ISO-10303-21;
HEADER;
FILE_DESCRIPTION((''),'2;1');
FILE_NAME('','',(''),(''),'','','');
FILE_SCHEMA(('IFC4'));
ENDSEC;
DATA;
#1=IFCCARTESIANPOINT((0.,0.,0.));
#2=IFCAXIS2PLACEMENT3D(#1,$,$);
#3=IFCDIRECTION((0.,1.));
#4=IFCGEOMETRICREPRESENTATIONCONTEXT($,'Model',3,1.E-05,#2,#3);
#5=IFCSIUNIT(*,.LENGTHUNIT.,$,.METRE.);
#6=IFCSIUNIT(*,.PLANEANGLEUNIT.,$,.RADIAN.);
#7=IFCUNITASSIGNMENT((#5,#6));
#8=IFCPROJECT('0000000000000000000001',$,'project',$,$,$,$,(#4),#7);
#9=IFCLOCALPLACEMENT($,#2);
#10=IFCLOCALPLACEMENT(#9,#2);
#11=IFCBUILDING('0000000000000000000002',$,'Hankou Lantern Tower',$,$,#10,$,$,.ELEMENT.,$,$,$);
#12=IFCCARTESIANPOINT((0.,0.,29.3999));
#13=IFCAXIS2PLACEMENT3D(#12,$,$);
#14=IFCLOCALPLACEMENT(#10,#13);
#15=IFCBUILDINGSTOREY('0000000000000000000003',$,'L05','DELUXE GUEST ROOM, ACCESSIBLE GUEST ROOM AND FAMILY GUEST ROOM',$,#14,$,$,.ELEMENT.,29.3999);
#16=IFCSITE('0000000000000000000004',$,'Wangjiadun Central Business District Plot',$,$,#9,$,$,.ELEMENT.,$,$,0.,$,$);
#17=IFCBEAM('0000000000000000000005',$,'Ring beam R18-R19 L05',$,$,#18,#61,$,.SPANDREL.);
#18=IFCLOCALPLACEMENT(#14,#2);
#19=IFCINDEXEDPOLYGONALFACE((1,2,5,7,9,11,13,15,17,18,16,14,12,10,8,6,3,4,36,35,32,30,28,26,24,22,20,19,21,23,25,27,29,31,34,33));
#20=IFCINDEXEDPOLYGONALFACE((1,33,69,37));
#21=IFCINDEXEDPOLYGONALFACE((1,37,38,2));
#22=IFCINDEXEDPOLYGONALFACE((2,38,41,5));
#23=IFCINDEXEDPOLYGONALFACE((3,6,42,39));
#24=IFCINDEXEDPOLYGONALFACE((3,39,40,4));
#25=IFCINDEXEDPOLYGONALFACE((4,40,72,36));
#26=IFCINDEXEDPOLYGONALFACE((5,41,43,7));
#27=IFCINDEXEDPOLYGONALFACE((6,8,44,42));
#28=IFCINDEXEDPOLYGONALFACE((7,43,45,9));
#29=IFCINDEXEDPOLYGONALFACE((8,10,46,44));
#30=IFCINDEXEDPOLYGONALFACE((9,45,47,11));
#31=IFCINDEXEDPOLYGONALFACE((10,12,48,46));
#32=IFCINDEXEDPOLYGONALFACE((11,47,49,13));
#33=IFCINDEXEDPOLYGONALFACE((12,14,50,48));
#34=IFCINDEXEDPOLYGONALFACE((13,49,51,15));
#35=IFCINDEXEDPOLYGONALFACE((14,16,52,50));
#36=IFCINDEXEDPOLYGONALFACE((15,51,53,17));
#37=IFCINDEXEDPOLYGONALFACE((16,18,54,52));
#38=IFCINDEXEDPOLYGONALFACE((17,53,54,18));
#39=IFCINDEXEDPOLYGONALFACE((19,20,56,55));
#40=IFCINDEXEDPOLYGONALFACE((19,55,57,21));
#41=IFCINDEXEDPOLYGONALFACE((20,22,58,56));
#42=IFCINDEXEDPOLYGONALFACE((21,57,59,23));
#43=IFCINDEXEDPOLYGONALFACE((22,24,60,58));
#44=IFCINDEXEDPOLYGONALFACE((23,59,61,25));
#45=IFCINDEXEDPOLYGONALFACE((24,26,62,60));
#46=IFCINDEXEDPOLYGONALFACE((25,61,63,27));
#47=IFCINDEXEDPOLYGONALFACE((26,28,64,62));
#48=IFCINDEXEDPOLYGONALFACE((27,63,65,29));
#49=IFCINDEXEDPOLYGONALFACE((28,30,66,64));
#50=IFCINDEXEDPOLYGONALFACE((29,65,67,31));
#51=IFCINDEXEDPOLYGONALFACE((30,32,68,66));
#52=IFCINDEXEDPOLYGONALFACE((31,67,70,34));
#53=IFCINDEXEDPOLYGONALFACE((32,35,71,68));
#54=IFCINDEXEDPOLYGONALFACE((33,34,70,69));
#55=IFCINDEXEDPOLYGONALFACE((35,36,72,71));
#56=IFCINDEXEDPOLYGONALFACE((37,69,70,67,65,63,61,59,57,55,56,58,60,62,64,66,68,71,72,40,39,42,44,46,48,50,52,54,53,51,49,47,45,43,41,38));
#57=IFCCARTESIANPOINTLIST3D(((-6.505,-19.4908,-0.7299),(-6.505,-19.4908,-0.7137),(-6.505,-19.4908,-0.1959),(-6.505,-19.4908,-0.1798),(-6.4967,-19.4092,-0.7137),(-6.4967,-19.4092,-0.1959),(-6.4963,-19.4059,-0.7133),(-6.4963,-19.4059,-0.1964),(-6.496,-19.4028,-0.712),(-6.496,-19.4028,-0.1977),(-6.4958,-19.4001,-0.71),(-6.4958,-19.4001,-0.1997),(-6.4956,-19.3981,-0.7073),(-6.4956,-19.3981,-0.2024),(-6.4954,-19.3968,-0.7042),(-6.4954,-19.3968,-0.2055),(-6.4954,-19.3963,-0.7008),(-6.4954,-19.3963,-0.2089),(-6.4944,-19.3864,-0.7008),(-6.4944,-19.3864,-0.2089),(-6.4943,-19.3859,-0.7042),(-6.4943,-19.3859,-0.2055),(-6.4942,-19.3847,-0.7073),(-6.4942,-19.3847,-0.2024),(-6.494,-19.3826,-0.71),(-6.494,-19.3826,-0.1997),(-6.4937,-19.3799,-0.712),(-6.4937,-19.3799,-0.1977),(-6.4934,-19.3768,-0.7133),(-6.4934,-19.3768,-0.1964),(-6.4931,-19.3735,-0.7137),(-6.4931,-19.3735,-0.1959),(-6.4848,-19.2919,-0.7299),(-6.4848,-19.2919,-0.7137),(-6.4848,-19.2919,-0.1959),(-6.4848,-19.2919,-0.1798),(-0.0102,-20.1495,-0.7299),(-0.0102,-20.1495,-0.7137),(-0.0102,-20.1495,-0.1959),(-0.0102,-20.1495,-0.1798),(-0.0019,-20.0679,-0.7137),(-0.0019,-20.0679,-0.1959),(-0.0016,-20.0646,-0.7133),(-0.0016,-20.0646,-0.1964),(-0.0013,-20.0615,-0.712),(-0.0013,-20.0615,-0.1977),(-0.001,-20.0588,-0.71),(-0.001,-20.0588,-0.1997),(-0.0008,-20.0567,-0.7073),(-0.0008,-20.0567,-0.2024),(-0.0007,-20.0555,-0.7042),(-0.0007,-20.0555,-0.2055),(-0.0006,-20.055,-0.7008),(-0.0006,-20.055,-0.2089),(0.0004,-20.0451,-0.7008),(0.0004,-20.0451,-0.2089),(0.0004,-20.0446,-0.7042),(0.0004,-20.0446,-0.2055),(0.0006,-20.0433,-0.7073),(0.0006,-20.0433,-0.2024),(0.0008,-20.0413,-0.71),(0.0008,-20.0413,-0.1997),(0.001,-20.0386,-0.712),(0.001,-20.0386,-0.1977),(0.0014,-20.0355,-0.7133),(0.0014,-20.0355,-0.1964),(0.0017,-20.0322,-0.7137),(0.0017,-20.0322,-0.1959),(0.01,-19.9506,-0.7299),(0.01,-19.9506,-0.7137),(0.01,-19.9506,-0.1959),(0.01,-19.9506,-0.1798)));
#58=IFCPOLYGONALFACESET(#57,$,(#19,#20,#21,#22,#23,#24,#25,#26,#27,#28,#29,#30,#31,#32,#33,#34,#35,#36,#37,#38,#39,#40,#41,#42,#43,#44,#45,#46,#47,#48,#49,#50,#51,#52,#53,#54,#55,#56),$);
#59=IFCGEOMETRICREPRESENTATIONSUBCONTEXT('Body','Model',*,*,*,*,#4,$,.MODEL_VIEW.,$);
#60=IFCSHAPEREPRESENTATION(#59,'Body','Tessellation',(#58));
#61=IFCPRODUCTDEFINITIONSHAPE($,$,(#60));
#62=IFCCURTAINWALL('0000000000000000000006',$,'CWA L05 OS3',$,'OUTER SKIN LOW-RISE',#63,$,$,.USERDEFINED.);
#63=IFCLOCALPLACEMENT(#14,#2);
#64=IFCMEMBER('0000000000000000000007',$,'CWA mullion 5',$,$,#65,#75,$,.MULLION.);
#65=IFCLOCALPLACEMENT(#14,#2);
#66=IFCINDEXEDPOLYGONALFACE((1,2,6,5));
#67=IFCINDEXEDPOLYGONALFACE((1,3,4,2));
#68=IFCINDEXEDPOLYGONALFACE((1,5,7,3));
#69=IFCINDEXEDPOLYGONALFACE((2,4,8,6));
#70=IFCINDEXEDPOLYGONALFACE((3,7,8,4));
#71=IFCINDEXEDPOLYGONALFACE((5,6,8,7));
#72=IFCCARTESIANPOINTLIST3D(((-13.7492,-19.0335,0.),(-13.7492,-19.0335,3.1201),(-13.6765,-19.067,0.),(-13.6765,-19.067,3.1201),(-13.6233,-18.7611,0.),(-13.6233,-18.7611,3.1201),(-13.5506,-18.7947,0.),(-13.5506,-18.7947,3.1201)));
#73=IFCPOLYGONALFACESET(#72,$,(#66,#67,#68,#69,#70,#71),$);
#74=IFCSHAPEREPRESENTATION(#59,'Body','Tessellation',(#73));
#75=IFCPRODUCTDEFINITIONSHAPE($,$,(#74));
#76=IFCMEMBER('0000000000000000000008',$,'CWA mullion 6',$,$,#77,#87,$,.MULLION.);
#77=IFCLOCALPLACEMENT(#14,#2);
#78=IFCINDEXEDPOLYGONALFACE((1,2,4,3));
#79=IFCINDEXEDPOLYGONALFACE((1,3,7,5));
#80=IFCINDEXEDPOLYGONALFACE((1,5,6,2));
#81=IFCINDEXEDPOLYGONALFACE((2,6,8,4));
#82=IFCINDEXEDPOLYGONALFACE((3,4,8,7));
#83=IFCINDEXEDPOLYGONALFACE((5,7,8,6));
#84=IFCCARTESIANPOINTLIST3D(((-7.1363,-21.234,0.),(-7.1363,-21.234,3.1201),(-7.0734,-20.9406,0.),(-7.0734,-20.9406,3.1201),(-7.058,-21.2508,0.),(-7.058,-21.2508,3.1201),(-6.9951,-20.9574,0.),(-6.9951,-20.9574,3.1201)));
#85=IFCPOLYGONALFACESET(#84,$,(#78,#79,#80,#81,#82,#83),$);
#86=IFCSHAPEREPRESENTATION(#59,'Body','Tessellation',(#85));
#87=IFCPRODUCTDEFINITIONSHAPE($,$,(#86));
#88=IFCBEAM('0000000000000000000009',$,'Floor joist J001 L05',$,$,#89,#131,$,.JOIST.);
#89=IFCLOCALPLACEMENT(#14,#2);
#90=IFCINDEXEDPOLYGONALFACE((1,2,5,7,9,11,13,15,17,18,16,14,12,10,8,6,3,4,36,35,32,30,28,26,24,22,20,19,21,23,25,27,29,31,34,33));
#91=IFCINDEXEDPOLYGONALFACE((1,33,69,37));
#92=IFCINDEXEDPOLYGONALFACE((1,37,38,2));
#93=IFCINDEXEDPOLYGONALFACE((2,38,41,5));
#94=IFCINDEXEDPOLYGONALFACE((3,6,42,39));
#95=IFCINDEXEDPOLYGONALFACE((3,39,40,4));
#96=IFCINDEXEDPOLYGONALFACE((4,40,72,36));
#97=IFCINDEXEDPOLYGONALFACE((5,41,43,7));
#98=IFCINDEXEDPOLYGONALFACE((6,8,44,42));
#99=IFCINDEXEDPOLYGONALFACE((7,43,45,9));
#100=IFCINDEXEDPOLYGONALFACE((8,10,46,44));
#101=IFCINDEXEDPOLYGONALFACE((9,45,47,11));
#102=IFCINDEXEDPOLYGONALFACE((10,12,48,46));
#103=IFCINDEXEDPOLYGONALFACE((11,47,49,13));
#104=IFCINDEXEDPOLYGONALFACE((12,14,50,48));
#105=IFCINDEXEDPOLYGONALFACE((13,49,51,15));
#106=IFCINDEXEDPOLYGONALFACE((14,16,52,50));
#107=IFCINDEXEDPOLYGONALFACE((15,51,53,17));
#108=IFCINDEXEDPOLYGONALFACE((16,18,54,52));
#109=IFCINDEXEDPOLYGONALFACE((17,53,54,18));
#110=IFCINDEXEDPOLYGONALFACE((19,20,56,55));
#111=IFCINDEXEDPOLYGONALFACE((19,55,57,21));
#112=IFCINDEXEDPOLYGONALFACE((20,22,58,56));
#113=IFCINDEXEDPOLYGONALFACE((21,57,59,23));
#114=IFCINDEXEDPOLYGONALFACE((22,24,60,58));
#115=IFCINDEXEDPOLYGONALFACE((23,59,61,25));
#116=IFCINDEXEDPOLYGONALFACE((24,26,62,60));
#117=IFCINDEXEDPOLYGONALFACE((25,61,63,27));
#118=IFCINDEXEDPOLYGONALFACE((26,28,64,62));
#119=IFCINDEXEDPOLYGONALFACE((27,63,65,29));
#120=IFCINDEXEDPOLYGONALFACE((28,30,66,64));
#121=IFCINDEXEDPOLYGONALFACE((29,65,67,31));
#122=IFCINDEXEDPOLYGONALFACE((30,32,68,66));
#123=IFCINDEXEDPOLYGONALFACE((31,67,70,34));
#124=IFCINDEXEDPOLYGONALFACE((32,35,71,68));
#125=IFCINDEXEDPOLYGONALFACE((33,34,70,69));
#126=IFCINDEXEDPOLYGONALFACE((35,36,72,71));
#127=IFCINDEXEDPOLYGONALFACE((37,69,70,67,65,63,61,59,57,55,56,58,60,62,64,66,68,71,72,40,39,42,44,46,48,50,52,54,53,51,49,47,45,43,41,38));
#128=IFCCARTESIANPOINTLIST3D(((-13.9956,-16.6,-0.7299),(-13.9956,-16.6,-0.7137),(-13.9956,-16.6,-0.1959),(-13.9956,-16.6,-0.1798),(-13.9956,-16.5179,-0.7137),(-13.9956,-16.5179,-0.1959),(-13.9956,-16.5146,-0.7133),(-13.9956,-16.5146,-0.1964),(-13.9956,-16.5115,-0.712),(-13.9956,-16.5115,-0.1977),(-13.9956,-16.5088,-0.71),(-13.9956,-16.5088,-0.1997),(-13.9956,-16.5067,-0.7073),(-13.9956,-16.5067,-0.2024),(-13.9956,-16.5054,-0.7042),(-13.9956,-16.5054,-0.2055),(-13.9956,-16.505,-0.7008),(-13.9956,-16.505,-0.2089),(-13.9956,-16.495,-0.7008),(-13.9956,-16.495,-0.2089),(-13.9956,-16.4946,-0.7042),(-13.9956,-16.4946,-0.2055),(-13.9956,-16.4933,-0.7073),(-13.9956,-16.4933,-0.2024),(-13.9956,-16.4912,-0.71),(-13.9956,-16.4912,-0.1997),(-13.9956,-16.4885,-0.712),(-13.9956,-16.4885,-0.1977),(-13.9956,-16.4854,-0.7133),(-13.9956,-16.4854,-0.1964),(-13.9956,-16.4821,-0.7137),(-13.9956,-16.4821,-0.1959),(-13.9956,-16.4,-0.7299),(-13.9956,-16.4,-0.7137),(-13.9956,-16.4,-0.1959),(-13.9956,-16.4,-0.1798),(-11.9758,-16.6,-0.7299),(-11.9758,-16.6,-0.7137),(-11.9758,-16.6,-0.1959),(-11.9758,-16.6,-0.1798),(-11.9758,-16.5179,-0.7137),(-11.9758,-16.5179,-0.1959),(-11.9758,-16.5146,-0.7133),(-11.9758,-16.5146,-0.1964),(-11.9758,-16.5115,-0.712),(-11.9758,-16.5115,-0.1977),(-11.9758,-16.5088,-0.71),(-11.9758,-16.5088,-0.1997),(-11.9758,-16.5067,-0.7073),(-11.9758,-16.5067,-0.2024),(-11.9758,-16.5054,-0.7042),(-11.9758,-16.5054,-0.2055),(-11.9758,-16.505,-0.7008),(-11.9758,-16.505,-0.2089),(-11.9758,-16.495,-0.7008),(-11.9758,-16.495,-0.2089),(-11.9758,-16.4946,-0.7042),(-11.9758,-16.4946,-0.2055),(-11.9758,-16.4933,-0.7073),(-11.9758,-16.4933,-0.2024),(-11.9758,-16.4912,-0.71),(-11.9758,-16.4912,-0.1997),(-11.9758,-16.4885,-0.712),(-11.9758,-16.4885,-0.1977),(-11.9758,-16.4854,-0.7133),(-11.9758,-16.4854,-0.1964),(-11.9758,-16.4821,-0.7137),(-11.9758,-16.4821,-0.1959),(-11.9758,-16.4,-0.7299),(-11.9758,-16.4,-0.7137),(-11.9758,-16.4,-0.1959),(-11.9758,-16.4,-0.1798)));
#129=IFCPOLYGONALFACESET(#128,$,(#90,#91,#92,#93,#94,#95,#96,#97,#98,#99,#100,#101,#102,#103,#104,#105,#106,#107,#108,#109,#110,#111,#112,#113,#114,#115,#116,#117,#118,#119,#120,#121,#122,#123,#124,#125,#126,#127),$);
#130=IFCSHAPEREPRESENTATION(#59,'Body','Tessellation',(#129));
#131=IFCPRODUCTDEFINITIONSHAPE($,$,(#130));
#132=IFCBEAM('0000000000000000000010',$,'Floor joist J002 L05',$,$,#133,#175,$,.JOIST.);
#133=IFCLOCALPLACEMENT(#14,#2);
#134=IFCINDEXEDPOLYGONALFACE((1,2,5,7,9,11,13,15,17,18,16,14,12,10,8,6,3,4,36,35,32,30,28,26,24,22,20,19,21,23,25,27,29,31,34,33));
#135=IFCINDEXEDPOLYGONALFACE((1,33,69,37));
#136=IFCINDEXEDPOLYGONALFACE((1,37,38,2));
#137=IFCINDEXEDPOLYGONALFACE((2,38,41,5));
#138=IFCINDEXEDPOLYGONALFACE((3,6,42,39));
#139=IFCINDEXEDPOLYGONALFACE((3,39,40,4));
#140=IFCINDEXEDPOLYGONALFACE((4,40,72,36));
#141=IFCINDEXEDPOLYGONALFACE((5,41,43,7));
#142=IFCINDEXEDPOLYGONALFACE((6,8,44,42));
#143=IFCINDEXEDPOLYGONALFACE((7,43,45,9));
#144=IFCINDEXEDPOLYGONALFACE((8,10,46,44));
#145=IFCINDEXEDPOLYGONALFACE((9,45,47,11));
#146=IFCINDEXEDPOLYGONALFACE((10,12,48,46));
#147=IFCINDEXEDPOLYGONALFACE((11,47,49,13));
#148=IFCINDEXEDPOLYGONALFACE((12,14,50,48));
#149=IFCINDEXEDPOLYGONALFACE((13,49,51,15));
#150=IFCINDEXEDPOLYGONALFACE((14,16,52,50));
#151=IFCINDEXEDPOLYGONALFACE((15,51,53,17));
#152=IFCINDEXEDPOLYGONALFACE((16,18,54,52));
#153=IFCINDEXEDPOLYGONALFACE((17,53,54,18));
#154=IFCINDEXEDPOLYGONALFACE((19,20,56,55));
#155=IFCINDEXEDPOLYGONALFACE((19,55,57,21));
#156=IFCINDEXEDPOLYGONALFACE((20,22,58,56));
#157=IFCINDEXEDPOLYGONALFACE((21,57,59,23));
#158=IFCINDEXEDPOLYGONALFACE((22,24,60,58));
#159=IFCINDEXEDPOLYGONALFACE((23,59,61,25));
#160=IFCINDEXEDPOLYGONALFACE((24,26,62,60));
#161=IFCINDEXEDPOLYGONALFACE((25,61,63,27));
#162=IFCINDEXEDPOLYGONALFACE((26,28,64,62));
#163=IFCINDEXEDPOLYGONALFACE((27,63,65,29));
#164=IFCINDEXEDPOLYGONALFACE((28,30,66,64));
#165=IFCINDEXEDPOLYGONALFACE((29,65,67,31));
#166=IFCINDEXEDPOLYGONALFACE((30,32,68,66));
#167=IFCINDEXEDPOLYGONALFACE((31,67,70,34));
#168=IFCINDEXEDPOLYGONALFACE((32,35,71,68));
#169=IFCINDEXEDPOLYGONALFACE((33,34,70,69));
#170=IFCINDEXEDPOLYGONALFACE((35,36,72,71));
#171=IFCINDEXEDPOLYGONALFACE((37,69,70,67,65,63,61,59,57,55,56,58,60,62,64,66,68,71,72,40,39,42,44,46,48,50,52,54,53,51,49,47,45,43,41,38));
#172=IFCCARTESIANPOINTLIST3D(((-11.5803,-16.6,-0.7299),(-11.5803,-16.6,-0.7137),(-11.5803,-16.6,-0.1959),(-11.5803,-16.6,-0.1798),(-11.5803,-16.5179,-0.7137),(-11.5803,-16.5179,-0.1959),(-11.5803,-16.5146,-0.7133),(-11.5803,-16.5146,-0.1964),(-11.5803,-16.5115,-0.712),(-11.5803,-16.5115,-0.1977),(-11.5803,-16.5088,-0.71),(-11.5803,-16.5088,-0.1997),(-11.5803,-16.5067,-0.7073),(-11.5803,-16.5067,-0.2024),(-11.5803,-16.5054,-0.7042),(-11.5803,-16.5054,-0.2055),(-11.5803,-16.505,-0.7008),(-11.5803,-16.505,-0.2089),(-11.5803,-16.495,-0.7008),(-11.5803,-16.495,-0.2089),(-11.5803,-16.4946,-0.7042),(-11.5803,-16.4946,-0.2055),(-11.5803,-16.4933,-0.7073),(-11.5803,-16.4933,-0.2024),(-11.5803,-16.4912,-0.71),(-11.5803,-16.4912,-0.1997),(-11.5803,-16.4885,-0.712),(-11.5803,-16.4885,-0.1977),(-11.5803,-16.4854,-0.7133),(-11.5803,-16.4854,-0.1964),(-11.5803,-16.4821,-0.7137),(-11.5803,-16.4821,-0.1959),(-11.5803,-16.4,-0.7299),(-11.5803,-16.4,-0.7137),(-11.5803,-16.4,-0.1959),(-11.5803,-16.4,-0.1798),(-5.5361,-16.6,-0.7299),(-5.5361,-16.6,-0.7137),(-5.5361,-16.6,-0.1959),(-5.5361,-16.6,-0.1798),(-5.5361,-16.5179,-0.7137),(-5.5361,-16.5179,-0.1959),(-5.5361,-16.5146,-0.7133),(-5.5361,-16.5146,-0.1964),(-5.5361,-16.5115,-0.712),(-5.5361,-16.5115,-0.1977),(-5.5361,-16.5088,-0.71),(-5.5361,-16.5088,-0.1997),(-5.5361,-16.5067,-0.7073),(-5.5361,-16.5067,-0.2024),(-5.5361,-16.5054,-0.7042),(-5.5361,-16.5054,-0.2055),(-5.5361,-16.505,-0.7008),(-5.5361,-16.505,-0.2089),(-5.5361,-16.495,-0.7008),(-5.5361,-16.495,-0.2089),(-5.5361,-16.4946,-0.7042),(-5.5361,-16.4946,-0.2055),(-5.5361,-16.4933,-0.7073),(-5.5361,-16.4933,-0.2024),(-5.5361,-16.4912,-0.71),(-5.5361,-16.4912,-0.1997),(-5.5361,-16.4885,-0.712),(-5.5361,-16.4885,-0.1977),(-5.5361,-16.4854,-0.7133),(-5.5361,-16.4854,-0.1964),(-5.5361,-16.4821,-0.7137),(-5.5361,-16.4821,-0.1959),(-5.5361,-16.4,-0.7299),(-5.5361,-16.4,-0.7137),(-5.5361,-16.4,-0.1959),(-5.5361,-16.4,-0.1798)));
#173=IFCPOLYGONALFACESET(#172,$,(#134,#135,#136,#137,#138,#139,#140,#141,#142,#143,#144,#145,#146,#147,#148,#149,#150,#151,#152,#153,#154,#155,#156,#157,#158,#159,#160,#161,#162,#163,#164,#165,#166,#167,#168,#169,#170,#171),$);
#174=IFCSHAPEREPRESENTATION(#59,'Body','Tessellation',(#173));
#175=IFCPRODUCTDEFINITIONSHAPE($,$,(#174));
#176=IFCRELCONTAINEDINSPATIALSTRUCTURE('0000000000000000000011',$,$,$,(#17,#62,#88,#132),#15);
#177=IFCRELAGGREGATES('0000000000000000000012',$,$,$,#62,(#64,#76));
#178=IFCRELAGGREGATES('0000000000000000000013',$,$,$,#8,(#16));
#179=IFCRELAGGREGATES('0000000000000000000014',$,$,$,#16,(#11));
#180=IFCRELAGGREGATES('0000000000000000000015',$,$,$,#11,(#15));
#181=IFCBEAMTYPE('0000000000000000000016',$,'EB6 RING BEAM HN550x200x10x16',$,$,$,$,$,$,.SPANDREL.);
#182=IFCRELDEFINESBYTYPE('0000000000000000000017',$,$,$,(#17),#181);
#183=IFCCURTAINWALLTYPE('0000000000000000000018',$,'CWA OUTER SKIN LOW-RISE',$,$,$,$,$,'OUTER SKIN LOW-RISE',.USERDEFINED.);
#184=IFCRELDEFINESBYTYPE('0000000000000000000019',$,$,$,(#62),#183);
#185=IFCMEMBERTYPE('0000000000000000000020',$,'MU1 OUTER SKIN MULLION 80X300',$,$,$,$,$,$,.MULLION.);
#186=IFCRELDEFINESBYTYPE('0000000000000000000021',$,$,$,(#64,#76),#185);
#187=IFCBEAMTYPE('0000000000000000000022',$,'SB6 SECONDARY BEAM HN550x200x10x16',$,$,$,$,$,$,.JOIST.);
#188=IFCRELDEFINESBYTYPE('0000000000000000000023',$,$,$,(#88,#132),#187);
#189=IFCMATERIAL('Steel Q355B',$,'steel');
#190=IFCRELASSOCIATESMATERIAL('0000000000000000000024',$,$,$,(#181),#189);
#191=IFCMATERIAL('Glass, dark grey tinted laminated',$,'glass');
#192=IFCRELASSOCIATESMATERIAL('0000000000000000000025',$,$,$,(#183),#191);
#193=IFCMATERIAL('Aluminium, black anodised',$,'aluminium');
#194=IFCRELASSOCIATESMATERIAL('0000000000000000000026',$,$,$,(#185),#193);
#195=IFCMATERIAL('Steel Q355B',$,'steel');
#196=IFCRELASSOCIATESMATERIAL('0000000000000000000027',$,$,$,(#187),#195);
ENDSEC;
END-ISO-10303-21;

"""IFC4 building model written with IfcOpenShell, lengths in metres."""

from ifc_helpers import new_model, si_unit, direction, frame, origin, origin_2d, place, context, subcontext, project, spatial, rectangle, i_section, extrude, material, material_profile, profile_set, type_object, element, aggregate, save


model = new_model("IFC4")

# Units and contexts
model_context = context("Model", 3, precision=1e-05, world=origin(), true_north=direction((0.0, 1.0)))
body_context = subcontext(model_context, "Body", "Model", "MODEL_VIEW")
ifc_project = project(units=[si_unit("LENGTHUNIT", "METRE"), si_unit("PLANEANGLEUNIT", "RADIAN")], contexts=[model_context])

# Site, building, storey
site_placement = place(None, origin())
site = spatial("IfcSite", under=ifc_project, at=site_placement, Name="Wangjiadun Central Business District Plot", CompositionType="ELEMENT", RefElevation=0.0)
building_placement = place(site_placement, origin())
building = spatial("IfcBuilding", under=site, at=building_placement, Name="Hankou Lantern Tower", CompositionType="ELEMENT")
storey_placement = place(building_placement, frame((0.0, 0.0, 29.3999)))
storey = spatial("IfcBuildingStorey", under=building, at=storey_placement, Name="L05", Description="DELUXE GUEST ROOM, ACCESSIBLE GUEST ROOM AND FAMILY GUEST ROOM", CompositionType="ELEMENT", Elevation=29.3999)

# Beam
ifc_material_1 = material(Name="Steel Q355B", Category="steel")
ifc_material_profile_1 = material_profile(ifc_material_1, i_section(OverallWidth=0.2, OverallDepth=0.55, WebThickness=0.01, FlangeThickness=0.0161, FilletRadius=0.0129, at=origin_2d()), Name="HN550x200x10x16")
ifc_profile_set_1 = profile_set([ifc_material_profile_1], Name="Steel Q355B")
beam_type_1 = type_object("IfcBeamType", Name="EB6 RING BEAM HN550x200x10x16", PredefinedType="SPANDREL", material=ifc_profile_set_1)
beam_1_placement = place(storey_placement, frame((-6.4949, -19.3914, -0.4548), z_axis=(0.994897, -0.1009, 0.0), x_axis=(0.1009, 0.994897, 0.0)))
element("IfcBeam", 1, at=beam_1_placement, inside=storey, type_object=beam_type_1, Name="Ring beam R18-R19 L05", PredefinedType="SPANDREL", context=body_context, shape_type="SweptSolid", body=[
    extrude(i_section(OverallWidth=0.2, OverallDepth=0.55, WebThickness=0.01, FlangeThickness=0.0161, FilletRadius=0.0129, at=origin_2d()), origin(), (0.0, 0.0, 1.0), 6.5281),
])

# Curtain wall, members
ifc_material_2 = material(Name="Glass, dark grey tinted laminated", Category="glass")
curtain_wall_type = type_object("IfcCurtainWallType", Name="CWA OUTER SKIN LOW-RISE", ElementType="OUTER SKIN LOW-RISE", PredefinedType="USERDEFINED", material=ifc_material_2)
curtain_wall_placement = place(storey_placement, origin())
curtain_wall = element("IfcCurtainWall", 2, at=curtain_wall_placement, inside=storey, type_object=curtain_wall_type, Name="CWA L05 OS3", ObjectType="OUTER SKIN LOW-RISE", PredefinedType="USERDEFINED")
ifc_material_3 = material(Name="Aluminium, black anodised", Category="aluminium")
ifc_material_profile_2 = material_profile(ifc_material_3, rectangle(XDim=0.0801, YDim=0.3, at=origin_2d()), Name="MU1 80X300")
ifc_profile_set_2 = profile_set([ifc_material_profile_2], Name="Aluminium, black anodised")
member_type_1 = type_object("IfcMemberType", Name="MU1 OUTER SKIN MULLION 80X300", PredefinedType="MULLION", material=ifc_profile_set_2)
member_1_placement = place(storey_placement, frame((-13.6499, -18.9141, 0.0), z_axis=(0.0, 0.0, 1.0), x_axis=(0.907841, -0.419314, 0.0)))
member_1 = element("IfcMember", 3, at=member_1_placement, type_object=member_type_1, Name="CWA mullion 5", PredefinedType="MULLION", context=body_context, shape_type="SweptSolid", body=[
    extrude(rectangle(XDim=0.0801, YDim=0.3, at=origin_2d()), origin(), (0.0, 0.0, 1.0), 3.1201),
])
member_2_placement = place(storey_placement, frame((-7.0657, -21.0957, 0.0), z_axis=(0.0, 0.0, 1.0), x_axis=(0.977788, -0.209598, 0.0)))
member_2 = element("IfcMember", 4, at=member_2_placement, type_object=member_type_1, Name="CWA mullion 6", PredefinedType="MULLION", context=body_context, shape_type="SweptSolid", body=[
    extrude(rectangle(XDim=0.0801, YDim=0.3, at=origin_2d()), origin(), (0.0, 0.0, 1.0), 3.1201),
])

# Beams
ifc_material_4 = material(Name="Steel Q355B", Category="steel")
ifc_material_profile_3 = material_profile(ifc_material_4, i_section(OverallWidth=0.2, OverallDepth=0.55, WebThickness=0.01, FlangeThickness=0.0161, FilletRadius=0.0129, at=origin_2d()), Name="HN550x200x10x16")
ifc_profile_set_3 = profile_set([ifc_material_profile_3], Name="Steel Q355B")
beam_type_2 = type_object("IfcBeamType", Name="SB6 SECONDARY BEAM HN550x200x10x16", PredefinedType="JOIST", material=ifc_profile_set_3)
beam_2_placement = place(storey_placement, frame((-13.9956, -16.5, -0.4548), z_axis=(1.0, 0.0, 0.0), x_axis=(0.0, 1.0, 0.0)))
element("IfcBeam", 5, at=beam_2_placement, inside=storey, type_object=beam_type_2, Name="Floor joist J001 L05", PredefinedType="JOIST", context=body_context, shape_type="SweptSolid", body=[
    extrude(i_section(OverallWidth=0.2, OverallDepth=0.55, WebThickness=0.01, FlangeThickness=0.0161, FilletRadius=0.0129, at=origin_2d()), origin(), (0.0, 0.0, 1.0), 2.0198),
])
beam_3_placement = place(storey_placement, frame((-11.5803, -16.5, -0.4548), z_axis=(1.0, 0.0, 0.0), x_axis=(0.0, 1.0, 0.0)))
element("IfcBeam", 6, at=beam_3_placement, inside=storey, type_object=beam_type_2, Name="Floor joist J002 L05", PredefinedType="JOIST", context=body_context, shape_type="SweptSolid", body=[
    extrude(i_section(OverallWidth=0.2, OverallDepth=0.55, WebThickness=0.01, FlangeThickness=0.0161, FilletRadius=0.0129, at=origin_2d()), origin(), (0.0, 0.0, 1.0), 6.0442),
])

aggregate(curtain_wall, [member_1, member_2])

save(model, "model.ifc")
